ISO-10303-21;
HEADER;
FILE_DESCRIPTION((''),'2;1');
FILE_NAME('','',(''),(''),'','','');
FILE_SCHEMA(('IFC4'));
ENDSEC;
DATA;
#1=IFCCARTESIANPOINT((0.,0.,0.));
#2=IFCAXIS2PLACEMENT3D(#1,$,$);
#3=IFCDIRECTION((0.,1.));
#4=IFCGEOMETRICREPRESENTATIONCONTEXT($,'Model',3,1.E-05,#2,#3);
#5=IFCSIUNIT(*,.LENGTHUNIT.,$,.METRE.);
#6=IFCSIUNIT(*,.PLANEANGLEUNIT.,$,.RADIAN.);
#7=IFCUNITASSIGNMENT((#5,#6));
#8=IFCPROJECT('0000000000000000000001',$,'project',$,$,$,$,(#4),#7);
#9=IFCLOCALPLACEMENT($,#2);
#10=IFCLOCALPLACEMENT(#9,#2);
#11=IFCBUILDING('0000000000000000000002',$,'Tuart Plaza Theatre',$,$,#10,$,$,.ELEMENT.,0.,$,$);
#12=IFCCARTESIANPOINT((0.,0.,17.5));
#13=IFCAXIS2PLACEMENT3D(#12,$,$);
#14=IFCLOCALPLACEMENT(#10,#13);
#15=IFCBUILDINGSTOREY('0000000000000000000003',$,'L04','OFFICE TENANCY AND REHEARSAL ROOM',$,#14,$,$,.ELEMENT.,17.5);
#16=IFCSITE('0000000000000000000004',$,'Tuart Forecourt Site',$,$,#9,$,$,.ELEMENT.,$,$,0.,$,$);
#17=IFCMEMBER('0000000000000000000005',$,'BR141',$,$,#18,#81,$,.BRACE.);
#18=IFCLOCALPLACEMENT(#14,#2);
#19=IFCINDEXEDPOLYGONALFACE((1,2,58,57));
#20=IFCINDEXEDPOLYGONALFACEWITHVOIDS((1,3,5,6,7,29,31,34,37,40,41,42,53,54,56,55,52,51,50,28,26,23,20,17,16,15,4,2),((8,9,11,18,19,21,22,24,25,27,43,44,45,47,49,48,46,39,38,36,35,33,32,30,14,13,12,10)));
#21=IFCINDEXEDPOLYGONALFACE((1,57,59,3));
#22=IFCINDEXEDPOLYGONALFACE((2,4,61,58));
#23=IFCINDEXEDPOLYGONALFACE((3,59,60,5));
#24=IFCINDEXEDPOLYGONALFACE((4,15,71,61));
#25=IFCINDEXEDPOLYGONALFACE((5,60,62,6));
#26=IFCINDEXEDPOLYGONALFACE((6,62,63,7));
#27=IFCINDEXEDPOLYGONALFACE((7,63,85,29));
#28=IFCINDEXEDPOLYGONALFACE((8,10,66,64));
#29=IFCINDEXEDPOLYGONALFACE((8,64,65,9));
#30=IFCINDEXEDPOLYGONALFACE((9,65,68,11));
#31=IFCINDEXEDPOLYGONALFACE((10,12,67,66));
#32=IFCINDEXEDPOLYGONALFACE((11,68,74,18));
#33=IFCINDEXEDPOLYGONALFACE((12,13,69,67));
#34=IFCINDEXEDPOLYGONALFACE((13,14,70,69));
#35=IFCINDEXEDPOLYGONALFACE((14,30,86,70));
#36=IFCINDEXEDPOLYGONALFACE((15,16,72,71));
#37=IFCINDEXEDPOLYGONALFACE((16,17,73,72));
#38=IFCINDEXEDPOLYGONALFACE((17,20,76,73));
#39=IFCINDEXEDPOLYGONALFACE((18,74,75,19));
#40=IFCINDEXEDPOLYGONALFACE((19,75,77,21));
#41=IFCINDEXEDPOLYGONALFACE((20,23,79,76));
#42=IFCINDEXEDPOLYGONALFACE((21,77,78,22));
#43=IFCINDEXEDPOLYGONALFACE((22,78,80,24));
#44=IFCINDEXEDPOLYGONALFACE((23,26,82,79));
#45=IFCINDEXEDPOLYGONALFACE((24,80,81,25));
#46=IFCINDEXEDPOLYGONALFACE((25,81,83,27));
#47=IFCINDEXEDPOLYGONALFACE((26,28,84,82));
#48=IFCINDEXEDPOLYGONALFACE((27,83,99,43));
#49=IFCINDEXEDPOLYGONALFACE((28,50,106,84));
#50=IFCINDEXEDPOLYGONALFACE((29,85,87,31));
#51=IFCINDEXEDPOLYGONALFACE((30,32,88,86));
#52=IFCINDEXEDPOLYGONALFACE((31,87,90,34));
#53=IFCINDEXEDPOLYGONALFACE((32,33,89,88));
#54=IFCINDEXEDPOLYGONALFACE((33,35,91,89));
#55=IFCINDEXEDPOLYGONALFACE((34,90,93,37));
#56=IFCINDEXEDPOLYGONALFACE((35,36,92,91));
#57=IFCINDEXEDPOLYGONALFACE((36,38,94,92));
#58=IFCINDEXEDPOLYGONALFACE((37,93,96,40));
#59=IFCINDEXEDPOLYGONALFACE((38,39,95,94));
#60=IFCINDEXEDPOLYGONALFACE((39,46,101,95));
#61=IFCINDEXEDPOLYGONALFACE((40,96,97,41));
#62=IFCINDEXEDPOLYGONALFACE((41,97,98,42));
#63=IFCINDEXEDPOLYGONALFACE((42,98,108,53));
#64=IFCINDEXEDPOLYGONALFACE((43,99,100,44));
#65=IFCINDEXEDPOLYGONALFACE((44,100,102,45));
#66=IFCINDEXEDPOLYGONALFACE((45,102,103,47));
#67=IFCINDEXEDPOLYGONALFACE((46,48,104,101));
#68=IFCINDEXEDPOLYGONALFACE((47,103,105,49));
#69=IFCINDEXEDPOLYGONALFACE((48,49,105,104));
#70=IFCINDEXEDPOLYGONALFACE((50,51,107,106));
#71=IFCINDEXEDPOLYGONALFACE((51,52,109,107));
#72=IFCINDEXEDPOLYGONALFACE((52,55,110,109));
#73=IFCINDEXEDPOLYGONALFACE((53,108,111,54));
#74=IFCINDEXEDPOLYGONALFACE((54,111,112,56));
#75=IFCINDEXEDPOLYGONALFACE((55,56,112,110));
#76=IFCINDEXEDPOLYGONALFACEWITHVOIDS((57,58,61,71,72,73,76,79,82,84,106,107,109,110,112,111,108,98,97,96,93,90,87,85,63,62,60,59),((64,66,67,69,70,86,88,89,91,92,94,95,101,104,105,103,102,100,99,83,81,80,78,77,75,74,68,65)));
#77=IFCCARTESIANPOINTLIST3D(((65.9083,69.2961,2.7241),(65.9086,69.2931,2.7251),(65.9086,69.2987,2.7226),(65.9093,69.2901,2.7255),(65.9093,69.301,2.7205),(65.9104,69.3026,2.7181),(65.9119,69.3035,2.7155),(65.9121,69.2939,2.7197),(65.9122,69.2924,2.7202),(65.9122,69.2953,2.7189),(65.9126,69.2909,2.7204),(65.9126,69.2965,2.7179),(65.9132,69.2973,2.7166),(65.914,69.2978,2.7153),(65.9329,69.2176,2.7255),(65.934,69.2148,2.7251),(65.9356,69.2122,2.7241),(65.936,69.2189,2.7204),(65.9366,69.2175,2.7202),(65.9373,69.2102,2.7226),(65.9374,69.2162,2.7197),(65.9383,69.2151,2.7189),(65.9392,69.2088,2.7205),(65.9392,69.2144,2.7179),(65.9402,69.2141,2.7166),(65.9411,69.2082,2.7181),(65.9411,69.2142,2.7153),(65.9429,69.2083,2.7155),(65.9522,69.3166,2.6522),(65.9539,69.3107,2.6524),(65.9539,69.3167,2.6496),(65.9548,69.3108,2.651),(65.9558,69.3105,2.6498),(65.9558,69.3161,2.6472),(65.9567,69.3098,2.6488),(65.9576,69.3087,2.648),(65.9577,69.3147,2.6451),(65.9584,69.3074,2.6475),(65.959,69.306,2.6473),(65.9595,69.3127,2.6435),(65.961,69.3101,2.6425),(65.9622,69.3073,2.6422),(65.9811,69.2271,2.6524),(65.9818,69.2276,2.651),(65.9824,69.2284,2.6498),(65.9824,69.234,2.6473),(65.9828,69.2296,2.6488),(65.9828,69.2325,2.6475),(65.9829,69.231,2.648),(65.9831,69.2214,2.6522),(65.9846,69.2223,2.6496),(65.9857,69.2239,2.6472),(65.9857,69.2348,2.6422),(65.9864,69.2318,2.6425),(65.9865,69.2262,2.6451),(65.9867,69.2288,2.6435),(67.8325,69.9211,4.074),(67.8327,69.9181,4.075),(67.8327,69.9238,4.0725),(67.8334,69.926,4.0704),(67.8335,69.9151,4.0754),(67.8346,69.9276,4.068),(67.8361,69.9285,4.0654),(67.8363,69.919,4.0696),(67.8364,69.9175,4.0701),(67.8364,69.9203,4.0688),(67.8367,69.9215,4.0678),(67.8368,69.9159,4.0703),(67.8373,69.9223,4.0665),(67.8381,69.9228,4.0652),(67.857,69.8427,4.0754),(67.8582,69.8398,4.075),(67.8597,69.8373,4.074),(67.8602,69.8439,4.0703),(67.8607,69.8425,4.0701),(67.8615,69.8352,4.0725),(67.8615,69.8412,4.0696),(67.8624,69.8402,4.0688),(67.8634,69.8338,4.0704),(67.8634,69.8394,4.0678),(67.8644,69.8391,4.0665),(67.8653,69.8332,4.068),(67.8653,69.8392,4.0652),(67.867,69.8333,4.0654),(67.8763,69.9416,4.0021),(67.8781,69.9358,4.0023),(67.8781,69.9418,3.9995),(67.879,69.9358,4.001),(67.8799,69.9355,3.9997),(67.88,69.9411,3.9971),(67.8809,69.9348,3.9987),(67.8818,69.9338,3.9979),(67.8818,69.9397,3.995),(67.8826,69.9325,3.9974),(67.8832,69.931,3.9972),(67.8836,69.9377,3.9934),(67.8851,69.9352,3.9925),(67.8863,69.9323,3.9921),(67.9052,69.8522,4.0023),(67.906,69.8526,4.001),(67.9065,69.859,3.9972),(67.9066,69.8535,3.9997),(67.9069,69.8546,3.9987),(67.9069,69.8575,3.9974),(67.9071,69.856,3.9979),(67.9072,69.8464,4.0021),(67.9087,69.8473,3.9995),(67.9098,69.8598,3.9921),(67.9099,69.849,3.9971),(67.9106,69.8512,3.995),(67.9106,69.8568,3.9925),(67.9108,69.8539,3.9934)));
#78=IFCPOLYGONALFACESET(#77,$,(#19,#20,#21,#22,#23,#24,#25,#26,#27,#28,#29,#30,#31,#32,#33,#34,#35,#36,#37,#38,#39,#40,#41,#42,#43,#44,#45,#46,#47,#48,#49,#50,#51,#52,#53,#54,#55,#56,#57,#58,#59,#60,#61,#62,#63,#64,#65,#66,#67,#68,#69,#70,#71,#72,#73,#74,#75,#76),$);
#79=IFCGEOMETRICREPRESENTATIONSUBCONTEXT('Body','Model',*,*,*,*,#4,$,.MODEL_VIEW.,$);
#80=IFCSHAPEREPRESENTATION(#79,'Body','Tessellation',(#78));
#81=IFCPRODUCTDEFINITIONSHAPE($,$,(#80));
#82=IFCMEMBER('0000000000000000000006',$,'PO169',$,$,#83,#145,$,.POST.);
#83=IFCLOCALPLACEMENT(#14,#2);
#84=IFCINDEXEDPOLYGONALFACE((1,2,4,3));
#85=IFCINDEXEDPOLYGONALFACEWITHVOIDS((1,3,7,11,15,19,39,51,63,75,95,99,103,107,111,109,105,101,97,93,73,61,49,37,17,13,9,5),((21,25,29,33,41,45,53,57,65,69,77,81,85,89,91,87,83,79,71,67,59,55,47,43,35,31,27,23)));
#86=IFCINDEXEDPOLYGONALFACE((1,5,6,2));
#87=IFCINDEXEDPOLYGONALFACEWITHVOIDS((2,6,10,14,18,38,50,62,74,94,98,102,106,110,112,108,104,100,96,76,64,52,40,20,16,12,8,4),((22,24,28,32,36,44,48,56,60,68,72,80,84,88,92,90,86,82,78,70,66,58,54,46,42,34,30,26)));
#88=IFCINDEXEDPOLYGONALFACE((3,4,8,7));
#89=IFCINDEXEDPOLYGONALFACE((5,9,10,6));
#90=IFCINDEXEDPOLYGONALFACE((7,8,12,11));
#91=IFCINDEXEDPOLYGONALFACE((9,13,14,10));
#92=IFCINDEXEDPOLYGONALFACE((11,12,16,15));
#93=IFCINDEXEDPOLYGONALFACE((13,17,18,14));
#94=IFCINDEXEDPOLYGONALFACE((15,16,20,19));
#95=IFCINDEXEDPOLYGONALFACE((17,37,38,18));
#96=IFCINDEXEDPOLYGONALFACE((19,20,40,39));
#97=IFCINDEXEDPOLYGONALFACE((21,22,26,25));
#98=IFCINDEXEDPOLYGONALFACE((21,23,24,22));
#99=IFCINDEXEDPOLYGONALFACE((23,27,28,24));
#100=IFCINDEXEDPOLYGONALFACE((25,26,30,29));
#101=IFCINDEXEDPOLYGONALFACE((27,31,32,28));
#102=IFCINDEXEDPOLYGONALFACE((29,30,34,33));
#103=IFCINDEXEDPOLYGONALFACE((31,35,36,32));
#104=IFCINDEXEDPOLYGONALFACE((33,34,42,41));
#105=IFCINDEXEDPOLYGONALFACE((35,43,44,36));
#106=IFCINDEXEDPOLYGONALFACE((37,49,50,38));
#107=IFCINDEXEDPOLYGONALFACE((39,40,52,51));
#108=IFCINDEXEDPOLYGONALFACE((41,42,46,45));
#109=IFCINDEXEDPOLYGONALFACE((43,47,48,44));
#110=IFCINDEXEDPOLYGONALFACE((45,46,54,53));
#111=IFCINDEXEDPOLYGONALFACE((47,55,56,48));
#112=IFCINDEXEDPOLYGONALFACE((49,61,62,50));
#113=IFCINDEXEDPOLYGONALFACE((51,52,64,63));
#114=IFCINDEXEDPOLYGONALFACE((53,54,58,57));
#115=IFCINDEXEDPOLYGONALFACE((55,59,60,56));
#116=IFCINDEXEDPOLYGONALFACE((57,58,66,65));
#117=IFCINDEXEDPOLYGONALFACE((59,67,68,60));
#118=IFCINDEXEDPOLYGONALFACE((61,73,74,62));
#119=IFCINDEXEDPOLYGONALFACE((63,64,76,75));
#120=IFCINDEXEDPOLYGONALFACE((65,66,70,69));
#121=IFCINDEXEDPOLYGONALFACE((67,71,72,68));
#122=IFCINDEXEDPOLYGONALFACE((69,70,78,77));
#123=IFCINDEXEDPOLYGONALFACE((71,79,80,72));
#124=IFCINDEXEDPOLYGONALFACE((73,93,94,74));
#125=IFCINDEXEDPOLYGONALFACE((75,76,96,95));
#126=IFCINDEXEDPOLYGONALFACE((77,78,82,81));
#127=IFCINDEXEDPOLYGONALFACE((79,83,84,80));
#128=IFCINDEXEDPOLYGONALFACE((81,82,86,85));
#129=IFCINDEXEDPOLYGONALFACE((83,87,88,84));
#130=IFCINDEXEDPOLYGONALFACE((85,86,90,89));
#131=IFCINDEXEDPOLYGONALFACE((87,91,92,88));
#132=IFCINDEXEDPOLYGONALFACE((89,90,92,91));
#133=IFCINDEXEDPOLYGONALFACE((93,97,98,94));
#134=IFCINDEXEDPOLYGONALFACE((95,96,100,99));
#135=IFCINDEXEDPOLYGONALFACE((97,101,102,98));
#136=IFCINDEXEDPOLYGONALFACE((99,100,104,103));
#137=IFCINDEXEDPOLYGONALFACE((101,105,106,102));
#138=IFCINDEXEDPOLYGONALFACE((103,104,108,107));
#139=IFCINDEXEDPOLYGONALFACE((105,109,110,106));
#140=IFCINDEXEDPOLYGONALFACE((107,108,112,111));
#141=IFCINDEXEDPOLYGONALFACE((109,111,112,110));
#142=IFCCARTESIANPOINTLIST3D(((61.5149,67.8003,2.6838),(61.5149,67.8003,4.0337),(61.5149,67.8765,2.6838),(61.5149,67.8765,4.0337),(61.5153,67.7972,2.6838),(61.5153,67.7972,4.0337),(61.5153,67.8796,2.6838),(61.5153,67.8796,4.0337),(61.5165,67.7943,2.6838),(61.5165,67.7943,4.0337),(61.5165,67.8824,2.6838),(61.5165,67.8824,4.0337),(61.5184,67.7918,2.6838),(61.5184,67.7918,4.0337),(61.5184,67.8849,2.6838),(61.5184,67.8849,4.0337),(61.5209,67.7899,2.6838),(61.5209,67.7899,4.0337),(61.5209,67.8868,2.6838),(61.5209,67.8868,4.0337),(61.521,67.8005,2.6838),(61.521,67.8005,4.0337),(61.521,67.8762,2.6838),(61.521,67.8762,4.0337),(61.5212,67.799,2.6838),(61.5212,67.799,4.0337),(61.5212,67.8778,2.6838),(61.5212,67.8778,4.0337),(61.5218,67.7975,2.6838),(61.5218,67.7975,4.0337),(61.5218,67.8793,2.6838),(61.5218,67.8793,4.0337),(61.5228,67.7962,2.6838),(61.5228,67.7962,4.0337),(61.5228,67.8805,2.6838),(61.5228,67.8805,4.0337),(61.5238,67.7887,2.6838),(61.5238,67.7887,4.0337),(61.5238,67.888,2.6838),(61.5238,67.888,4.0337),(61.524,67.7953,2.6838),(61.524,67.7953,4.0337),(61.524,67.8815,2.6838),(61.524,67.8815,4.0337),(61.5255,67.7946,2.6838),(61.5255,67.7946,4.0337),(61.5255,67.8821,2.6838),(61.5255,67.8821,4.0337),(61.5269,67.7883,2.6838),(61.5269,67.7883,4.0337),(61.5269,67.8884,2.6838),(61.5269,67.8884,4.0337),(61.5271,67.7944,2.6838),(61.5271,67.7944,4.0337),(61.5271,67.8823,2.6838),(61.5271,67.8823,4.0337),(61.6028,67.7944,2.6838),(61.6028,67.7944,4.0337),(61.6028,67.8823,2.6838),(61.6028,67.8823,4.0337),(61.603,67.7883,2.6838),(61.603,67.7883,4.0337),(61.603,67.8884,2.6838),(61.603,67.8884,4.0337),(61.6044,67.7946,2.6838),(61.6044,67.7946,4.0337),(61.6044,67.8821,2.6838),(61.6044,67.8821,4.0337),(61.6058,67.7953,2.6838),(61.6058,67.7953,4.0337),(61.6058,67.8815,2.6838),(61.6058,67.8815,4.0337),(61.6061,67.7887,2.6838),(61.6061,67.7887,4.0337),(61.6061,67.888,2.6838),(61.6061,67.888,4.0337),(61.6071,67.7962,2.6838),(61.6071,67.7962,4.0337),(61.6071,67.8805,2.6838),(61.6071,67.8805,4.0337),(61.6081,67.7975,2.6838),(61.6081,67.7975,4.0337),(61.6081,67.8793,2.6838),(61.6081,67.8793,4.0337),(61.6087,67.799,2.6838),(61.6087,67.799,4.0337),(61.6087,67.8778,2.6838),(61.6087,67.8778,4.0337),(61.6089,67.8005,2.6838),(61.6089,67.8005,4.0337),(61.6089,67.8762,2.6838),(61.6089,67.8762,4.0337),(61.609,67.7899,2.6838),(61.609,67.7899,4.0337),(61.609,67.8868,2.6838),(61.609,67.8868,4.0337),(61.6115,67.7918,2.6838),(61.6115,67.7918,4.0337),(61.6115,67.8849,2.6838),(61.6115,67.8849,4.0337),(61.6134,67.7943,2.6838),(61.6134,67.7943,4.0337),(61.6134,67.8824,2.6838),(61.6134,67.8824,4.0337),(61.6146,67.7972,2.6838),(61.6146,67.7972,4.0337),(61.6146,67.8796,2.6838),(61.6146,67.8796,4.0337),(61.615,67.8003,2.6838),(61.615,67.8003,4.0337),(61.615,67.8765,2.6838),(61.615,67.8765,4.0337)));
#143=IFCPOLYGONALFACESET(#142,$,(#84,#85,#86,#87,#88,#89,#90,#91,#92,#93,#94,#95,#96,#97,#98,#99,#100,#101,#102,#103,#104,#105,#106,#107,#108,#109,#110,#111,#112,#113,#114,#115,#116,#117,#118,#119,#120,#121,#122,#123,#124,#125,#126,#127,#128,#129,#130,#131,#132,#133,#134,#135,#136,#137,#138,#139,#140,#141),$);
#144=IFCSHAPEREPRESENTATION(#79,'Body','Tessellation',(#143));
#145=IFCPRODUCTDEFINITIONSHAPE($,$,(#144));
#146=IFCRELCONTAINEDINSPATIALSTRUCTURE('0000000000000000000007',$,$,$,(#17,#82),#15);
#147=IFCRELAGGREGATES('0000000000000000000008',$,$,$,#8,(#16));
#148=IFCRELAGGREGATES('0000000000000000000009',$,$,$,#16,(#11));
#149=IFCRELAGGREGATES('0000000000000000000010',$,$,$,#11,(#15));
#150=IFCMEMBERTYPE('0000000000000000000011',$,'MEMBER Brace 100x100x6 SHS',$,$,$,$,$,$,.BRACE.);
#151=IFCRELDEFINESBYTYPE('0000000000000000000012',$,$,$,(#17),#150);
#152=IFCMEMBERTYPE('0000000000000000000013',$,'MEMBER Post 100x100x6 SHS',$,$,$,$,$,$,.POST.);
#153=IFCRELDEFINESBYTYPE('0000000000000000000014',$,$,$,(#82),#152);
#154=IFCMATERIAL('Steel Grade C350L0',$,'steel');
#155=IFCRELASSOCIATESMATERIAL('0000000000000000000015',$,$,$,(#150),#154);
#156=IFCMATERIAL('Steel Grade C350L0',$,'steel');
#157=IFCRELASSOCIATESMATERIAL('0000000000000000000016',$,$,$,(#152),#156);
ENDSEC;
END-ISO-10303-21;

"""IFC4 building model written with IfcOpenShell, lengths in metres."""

from ifc_helpers import new_model, si_unit, direction, frame, origin, origin_2d, place, context, subcontext, project, spatial, hollow_rectangle, extrude, material, material_profile, profile_set, type_object, element, save


model = new_model("IFC4")

# Units and contexts
model_context = context("Model", 3, precision=1e-05, world=origin(), true_north=direction((0.0, 1.0)))
body_context = subcontext(model_context, "Body", "Model", "MODEL_VIEW")
ifc_project = project(units=[si_unit("LENGTHUNIT", "METRE"), si_unit("PLANEANGLEUNIT", "RADIAN")], contexts=[model_context])

# Site, building, storey
site_placement = place(None, origin())
site = spatial("IfcSite", under=ifc_project, at=site_placement, Name="Tuart Forecourt Site", CompositionType="ELEMENT", RefElevation=0.0)
building_placement = place(site_placement, origin())
building = spatial("IfcBuilding", under=site, at=building_placement, Name="Tuart Plaza Theatre", CompositionType="ELEMENT", ElevationOfRefHeight=0.0)
storey_placement = place(building_placement, frame((0.0, 0.0, 17.5)))
storey = spatial("IfcBuildingStorey", under=building, at=storey_placement, Name="L04", Description="OFFICE TENANCY AND REHEARSAL ROOM", CompositionType="ELEMENT", Elevation=17.5)

# Members
ifc_material_1 = material(Name="Steel Grade C350L0", Category="steel")
ifc_material_profile_1 = material_profile(ifc_material_1, hollow_rectangle(XDim=0.1001, YDim=0.1001, WallThickness=0.0061, InnerFilletRadius=0.0061, OuterFilletRadius=0.012, at=origin_2d()), Name="100x100x6 SHS")
ifc_profile_set_1 = profile_set([ifc_material_profile_1], Name="Steel Grade C350L0")
member_type_1 = type_object("IfcMemberType", Name="MEMBER Brace 100x100x6 SHS", PredefinedType="BRACE", material=ifc_profile_set_1)
for number, where, z_axis, x_axis, name in (
    (1, (65.9475, 69.2625, 2.6838), (0.791137, 0.256987, 0.555031), (-0.308941, 0.951081, 0.0), "BR141"),
):
    element("IfcMember", number, at=place(storey_placement, frame(where, z_axis=z_axis, x_axis=x_axis)), inside=storey, type_object=member_type_1, Name=name, PredefinedType="BRACE", context=body_context, shape_type="SweptSolid", body=[
        extrude(hollow_rectangle(XDim=0.1001, YDim=0.1001, WallThickness=0.0061, InnerFilletRadius=0.0061, OuterFilletRadius=0.012, at=origin_2d()), origin(), (0.0, 0.0, 1.0), 2.4321),
    ])
ifc_material_2 = material(Name="Steel Grade C350L0", Category="steel")
ifc_material_profile_2 = material_profile(ifc_material_2, hollow_rectangle(XDim=0.1001, YDim=0.1001, WallThickness=0.0061, InnerFilletRadius=0.0061, OuterFilletRadius=0.012, at=origin_2d()), Name="100x100x6 SHS")
ifc_profile_set_2 = profile_set([ifc_material_profile_2], Name="Steel Grade C350L0")
member_type_2 = type_object("IfcMemberType", Name="MEMBER Post 100x100x6 SHS", PredefinedType="POST", material=ifc_profile_set_2)
for number, where, z_axis, x_axis, name in (
    (2, (61.5649, 67.8384, 2.6838), (0.0, 0.0, 1.0), (1.0, 0.0, 0.0), "PO169"),
):
    element("IfcMember", number, at=place(storey_placement, frame(where, z_axis=z_axis, x_axis=x_axis)), inside=storey, type_object=member_type_2, Name=name, PredefinedType="POST", context=body_context, shape_type="SweptSolid", body=[
        extrude(hollow_rectangle(XDim=0.1001, YDim=0.1001, WallThickness=0.0061, InnerFilletRadius=0.0061, OuterFilletRadius=0.012, at=origin_2d()), origin(), (0.0, 0.0, 1.0), 1.3499),
    ])

save(model, "model.ifc")
